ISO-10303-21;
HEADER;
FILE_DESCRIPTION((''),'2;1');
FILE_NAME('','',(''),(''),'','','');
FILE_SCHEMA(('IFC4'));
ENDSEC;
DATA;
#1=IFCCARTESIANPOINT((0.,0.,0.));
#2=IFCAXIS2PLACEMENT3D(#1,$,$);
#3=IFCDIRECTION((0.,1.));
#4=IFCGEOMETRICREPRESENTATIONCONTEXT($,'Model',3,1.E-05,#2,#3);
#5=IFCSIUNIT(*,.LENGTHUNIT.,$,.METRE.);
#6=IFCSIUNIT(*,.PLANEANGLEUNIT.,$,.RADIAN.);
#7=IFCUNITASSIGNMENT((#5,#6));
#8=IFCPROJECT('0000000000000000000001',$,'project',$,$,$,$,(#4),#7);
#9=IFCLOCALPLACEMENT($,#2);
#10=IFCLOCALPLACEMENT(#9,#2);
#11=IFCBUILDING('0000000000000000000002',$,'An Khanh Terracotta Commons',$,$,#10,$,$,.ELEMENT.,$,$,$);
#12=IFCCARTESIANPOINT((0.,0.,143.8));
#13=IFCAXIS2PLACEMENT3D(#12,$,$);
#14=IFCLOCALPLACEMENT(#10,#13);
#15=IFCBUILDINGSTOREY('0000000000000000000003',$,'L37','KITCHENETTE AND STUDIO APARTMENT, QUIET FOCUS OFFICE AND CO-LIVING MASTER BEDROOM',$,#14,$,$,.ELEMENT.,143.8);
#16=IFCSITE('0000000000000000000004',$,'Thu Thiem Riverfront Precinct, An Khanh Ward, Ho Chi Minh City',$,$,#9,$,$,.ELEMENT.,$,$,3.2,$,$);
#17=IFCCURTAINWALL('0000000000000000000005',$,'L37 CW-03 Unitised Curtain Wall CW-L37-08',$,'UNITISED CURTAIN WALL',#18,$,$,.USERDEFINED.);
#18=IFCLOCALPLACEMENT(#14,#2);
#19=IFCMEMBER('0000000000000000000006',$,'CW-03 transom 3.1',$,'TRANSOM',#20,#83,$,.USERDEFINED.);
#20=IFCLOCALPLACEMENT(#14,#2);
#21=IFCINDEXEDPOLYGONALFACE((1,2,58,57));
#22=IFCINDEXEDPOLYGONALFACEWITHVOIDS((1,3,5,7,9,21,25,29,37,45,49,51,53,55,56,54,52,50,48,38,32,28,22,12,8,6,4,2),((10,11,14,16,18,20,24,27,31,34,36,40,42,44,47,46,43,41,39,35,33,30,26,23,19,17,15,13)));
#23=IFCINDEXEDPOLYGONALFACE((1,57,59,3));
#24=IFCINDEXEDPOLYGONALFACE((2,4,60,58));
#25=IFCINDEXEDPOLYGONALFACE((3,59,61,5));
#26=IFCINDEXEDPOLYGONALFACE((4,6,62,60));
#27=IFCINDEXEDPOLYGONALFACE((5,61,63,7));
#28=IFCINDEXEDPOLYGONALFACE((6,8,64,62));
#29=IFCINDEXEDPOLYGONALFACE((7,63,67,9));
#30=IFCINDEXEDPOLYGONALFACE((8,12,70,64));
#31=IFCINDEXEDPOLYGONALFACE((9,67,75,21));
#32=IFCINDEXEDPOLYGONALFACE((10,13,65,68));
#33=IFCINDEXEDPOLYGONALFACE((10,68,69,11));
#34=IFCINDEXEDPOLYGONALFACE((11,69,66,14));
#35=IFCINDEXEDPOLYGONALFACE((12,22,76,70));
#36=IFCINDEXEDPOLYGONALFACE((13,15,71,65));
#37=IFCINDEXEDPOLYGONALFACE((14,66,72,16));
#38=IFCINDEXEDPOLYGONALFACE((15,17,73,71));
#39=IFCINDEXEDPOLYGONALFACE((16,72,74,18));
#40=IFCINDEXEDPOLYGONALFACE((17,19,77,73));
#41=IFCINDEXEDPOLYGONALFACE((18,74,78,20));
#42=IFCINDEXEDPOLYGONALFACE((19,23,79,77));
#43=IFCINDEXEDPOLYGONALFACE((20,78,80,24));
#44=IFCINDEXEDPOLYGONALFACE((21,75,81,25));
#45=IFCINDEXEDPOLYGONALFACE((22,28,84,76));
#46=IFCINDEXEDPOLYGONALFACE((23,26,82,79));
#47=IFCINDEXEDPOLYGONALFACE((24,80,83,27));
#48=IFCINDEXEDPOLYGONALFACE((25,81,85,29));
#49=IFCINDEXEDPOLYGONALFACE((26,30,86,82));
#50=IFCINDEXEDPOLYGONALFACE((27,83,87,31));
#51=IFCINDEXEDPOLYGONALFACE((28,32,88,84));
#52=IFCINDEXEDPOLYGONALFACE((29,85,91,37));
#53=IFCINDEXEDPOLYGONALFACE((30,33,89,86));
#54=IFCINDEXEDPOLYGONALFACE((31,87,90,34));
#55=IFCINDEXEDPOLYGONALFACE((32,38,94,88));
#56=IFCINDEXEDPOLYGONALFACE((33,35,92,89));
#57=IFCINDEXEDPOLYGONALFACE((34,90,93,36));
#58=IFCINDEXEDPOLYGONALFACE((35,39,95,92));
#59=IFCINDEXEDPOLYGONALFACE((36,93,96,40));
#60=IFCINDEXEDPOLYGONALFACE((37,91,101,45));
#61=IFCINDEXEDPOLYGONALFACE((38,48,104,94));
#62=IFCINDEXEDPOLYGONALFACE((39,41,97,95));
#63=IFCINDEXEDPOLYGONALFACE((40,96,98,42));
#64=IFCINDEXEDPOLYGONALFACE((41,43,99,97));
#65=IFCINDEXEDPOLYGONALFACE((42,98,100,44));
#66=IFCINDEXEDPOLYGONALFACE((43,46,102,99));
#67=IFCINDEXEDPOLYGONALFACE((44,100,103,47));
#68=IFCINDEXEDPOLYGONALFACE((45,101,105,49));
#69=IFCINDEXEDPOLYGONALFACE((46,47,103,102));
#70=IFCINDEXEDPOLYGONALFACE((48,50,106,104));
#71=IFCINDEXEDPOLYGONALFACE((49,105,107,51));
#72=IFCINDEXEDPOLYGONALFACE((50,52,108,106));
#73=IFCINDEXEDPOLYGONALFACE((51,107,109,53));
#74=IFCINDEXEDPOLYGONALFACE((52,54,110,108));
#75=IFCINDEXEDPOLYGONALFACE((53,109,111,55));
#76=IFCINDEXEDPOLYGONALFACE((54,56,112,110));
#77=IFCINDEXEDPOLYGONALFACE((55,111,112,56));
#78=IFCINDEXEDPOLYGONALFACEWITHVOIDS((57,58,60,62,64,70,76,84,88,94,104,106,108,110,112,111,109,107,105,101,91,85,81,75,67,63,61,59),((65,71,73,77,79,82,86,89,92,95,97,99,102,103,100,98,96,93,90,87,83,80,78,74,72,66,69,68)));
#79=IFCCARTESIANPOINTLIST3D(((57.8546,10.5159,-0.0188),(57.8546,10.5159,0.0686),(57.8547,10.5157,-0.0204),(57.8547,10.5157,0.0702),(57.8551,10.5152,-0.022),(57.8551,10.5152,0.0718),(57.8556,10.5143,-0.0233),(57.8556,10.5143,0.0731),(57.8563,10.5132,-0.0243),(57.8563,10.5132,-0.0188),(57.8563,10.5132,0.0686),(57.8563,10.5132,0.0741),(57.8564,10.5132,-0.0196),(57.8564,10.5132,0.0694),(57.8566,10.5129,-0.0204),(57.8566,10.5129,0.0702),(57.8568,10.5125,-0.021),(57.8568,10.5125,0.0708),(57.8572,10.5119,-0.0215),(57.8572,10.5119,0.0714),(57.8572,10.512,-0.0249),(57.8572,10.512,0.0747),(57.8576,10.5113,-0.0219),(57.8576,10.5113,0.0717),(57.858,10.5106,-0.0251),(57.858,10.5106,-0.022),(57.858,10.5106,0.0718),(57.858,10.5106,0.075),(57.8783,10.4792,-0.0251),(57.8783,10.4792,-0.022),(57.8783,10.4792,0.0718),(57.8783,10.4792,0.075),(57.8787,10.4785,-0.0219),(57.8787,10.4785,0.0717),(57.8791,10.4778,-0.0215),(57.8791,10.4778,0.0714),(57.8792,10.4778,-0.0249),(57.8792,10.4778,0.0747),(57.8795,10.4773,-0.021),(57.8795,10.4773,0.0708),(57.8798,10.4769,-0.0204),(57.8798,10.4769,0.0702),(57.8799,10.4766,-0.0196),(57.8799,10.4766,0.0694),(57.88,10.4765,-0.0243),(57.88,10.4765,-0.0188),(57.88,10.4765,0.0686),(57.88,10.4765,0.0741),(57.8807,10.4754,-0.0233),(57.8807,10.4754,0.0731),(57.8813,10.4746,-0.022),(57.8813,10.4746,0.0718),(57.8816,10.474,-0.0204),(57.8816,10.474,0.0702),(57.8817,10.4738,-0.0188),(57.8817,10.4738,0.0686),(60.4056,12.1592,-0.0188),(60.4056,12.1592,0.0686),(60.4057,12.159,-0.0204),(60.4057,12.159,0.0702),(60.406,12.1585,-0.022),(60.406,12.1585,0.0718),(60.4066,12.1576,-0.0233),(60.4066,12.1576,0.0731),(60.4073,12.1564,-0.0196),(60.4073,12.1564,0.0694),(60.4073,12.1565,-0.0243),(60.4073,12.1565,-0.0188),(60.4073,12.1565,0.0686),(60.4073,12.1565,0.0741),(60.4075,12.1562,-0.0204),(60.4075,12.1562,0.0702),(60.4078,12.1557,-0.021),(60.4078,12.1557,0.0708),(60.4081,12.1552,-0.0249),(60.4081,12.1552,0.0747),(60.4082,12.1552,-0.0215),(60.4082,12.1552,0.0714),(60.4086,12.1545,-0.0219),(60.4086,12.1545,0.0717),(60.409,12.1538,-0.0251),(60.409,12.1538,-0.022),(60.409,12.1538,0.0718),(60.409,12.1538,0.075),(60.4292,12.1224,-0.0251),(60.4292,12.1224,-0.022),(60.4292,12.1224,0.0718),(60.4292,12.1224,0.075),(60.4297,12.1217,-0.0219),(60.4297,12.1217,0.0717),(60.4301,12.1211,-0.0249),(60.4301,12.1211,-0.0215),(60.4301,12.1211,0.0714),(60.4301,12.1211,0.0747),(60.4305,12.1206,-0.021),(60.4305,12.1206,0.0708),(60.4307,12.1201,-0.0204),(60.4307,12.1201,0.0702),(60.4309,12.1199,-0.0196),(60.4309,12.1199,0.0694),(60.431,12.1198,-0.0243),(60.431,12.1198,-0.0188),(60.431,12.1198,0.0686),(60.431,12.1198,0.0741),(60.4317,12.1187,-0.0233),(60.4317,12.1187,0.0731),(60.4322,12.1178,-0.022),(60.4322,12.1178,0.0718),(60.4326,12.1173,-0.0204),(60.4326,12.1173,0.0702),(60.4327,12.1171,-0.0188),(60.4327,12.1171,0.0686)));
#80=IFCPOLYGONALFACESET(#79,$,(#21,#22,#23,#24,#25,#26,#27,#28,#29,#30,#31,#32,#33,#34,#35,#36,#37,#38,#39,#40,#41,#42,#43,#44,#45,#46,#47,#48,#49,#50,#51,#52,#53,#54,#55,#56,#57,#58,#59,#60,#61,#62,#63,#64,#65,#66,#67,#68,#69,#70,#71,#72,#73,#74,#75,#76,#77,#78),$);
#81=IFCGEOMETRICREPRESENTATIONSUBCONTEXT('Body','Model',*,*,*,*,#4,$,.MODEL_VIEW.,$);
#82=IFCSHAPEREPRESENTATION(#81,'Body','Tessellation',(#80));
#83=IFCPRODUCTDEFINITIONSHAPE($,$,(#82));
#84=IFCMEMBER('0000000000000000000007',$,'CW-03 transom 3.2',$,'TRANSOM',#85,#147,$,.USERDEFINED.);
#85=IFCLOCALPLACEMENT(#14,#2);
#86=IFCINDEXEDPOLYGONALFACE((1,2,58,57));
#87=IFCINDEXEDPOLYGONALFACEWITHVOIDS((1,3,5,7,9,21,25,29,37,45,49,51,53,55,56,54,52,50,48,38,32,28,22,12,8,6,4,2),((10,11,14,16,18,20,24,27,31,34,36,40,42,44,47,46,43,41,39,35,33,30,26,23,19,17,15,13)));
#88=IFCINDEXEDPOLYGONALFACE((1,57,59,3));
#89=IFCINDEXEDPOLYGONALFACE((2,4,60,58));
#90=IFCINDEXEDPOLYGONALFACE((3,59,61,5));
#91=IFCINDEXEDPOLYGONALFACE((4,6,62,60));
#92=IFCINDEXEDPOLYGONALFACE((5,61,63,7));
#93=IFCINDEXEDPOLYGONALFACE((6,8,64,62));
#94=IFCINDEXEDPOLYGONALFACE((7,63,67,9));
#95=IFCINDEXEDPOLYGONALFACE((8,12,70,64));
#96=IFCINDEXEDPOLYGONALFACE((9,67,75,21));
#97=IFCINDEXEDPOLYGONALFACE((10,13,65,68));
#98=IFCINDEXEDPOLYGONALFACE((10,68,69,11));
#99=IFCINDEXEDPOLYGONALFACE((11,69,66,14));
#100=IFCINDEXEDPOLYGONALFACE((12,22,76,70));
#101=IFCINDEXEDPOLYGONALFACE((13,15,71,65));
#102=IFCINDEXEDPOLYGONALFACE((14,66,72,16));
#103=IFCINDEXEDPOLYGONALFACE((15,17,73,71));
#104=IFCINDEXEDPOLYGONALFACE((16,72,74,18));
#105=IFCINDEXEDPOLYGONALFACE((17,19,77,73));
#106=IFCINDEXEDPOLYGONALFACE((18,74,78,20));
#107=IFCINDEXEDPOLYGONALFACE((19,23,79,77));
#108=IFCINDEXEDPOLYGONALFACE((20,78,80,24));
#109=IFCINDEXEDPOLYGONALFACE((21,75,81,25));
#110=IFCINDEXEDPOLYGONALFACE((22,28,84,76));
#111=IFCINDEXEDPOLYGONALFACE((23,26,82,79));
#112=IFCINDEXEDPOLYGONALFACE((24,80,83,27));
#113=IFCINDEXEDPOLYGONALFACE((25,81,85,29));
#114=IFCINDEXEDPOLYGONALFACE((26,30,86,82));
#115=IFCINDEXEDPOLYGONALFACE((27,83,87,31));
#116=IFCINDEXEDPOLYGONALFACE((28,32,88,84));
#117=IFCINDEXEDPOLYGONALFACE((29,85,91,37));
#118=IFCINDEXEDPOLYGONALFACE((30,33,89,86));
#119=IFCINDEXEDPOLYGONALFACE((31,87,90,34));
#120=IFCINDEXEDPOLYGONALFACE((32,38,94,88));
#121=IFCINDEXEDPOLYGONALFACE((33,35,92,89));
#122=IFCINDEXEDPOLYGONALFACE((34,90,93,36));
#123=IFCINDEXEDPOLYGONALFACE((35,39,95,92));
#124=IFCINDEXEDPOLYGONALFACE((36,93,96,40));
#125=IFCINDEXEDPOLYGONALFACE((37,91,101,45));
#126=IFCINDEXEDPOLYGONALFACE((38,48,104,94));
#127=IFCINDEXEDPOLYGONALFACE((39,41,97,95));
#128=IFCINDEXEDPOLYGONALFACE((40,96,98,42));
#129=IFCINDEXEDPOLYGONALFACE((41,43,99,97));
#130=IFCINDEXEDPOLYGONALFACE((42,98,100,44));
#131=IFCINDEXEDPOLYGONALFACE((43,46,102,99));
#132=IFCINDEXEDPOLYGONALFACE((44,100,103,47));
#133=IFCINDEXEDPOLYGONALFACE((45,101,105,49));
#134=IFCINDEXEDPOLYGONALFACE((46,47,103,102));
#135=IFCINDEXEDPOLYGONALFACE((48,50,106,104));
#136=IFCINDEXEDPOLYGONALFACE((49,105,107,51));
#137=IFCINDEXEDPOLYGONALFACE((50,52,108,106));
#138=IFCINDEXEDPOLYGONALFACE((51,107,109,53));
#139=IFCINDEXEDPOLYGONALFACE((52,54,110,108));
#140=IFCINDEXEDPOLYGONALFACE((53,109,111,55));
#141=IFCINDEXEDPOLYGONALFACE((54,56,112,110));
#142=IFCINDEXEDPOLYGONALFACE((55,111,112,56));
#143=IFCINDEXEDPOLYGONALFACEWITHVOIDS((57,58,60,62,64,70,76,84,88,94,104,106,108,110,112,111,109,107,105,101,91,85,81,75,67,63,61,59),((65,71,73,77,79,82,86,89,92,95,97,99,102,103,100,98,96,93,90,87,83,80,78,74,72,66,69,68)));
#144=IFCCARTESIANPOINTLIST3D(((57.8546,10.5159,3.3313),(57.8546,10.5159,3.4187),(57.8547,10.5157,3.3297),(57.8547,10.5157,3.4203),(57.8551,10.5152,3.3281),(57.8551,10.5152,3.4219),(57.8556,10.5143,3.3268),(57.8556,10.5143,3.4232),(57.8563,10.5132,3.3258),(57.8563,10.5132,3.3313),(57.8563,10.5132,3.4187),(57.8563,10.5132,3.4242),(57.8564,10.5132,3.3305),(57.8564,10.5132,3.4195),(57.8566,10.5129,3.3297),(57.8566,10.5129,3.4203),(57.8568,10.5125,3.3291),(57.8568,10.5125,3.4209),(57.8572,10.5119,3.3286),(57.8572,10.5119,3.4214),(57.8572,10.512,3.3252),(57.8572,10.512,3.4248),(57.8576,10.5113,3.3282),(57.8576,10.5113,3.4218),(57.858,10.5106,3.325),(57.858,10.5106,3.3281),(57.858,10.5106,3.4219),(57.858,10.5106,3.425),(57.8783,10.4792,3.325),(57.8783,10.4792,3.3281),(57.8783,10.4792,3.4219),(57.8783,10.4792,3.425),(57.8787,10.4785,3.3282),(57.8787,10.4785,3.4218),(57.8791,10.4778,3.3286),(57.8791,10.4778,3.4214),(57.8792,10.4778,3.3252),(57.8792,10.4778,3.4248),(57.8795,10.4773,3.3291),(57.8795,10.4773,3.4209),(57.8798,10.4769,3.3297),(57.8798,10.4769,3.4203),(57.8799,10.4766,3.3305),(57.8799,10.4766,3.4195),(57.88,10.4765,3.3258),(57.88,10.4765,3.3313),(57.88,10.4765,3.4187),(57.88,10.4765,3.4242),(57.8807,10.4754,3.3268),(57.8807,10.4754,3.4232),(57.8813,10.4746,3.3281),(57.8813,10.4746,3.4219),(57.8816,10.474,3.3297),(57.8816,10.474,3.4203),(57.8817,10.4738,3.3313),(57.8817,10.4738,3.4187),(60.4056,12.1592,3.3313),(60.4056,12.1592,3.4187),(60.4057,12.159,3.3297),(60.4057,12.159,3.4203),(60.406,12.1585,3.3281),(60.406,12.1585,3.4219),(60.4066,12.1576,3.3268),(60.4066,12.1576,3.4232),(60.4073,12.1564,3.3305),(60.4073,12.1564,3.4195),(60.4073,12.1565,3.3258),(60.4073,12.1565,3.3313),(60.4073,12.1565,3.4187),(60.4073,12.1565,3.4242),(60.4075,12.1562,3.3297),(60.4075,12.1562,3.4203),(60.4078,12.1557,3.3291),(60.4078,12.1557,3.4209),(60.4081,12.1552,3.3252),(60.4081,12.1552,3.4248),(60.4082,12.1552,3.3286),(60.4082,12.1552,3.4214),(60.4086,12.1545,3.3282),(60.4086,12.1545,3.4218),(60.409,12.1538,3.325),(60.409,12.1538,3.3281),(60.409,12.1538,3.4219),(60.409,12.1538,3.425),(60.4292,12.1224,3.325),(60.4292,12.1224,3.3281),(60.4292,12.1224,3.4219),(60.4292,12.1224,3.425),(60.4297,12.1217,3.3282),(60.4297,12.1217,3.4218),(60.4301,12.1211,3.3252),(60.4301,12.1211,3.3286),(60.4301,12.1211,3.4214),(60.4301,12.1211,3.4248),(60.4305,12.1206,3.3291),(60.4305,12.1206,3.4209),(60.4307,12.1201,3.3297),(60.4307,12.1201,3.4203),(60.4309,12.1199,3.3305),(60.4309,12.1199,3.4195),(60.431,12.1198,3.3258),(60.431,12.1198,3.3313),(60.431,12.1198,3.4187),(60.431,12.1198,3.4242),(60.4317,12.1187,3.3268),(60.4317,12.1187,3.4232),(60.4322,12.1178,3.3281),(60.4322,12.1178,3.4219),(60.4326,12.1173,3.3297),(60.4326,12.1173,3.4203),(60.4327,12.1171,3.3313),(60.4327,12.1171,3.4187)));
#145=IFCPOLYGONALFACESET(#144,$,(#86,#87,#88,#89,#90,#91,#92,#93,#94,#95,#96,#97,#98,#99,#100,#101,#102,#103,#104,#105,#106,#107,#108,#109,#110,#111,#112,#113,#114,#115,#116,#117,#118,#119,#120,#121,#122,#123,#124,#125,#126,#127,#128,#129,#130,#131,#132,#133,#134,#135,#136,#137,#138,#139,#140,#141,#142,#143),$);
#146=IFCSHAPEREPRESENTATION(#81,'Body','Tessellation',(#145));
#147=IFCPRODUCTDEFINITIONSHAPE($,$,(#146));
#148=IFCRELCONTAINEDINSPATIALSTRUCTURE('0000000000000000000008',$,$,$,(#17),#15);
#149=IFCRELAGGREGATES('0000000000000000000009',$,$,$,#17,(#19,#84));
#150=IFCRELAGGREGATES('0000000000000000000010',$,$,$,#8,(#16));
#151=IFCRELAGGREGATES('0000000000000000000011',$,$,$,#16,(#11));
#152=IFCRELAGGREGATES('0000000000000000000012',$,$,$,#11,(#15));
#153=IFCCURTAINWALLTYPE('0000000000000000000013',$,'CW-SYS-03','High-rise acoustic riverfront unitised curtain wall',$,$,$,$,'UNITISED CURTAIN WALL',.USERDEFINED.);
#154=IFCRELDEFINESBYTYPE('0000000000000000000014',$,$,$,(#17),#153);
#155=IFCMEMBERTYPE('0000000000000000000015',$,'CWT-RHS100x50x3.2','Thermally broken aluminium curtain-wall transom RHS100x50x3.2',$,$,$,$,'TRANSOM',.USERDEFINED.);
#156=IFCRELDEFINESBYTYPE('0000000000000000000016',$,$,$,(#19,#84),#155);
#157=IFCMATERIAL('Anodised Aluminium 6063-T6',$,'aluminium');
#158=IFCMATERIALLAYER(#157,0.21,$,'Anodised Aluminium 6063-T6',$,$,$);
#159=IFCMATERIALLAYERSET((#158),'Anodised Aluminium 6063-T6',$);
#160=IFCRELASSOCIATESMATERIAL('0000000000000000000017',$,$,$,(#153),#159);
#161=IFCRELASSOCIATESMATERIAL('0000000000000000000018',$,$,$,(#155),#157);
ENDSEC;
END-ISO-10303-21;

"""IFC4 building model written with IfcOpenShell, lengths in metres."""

from ifc_helpers import new_model, si_unit, direction, frame, origin, origin_2d, place, context, subcontext, project, spatial, hollow_rectangle, extrude, material, layer, layer_set, material_profile, profile_set, type_object, element, aggregate, save


model = new_model("IFC4")

# Units and contexts
model_context = context("Model", 3, precision=1e-05, world=origin(), true_north=direction((0.0, 1.0)))
body_context = subcontext(model_context, "Body", "Model", "MODEL_VIEW")
ifc_project = project(units=[si_unit("LENGTHUNIT", "METRE"), si_unit("PLANEANGLEUNIT", "RADIAN")], contexts=[model_context])

# Site, building, storey
site_placement = place(None, origin())
site = spatial("IfcSite", under=ifc_project, at=site_placement, Name="Thu Thiem Riverfront Precinct, An Khanh Ward, Ho Chi Minh City", CompositionType="ELEMENT", RefElevation=3.2)
building_placement = place(site_placement, origin())
building = spatial("IfcBuilding", under=site, at=building_placement, Name="An Khanh Terracotta Commons", CompositionType="ELEMENT")
storey_placement = place(building_placement, frame((0.0, 0.0, 143.8)))
storey = spatial("IfcBuildingStorey", under=building, at=storey_placement, Name="L37", Description="KITCHENETTE AND STUDIO APARTMENT, QUIET FOCUS OFFICE AND CO-LIVING MASTER BEDROOM", CompositionType="ELEMENT", Elevation=143.8)

# Curtain wall
ifc_material_1 = material(Name="Anodised Aluminium 6063-T6", Category="aluminium")
ifc_layer_1 = layer(ifc_material_1, 0.21, Name="Anodised Aluminium 6063-T6")
ifc_layer_set_1 = layer_set([ifc_layer_1], Name="Anodised Aluminium 6063-T6")
curtain_wall_type = type_object("IfcCurtainWallType", Name="CW-SYS-03", Description="High-rise acoustic riverfront unitised curtain wall", ElementType="UNITISED CURTAIN WALL", PredefinedType="USERDEFINED", material=ifc_layer_set_1)
curtain_wall_1_placement = place(storey_placement, origin())
curtain_wall_1 = element("IfcCurtainWall", 1, at=curtain_wall_1_placement, inside=storey, type_object=curtain_wall_type, Name="L37 CW-03 Unitised Curtain Wall CW-L37-08", ObjectType="UNITISED CURTAIN WALL", PredefinedType="USERDEFINED")

# Members
ifc_material_profile_1 = material_profile(ifc_material_1, hollow_rectangle(XDim=0.05, YDim=0.1001, WallThickness=0.0032, InnerFilletRadius=0.0032, OuterFilletRadius=0.0063, at=origin_2d()), Name="RHS100x50x3.2")
ifc_profile_set_1 = profile_set([ifc_material_profile_1], Name="Anodised Aluminium 6063-T6")
member_type_1 = type_object("IfcMemberType", Name="CWT-RHS100x50x3.2", Description="Thermally broken aluminium curtain-wall transom RHS100x50x3.2", ElementType="TRANSOM", PredefinedType="USERDEFINED", material=ifc_profile_set_1)
member_1_placement = place(storey_placement, frame((57.8682, 10.4949, 0.0249), z_axis=(0.840674, 0.541542, 0.0), x_axis=(-0.541542, 0.840674, 0.0)))
member_1 = element("IfcMember", 2, at=member_1_placement, type_object=member_type_1, Name="CW-03 transom 3.1", ObjectType="TRANSOM", PredefinedType="USERDEFINED", context=body_context, shape_type="SweptSolid", body=[
    extrude(hollow_rectangle(XDim=0.05, YDim=0.1001, WallThickness=0.0032, InnerFilletRadius=0.0032, OuterFilletRadius=0.0063, at=origin_2d()), origin(), (0.0, 0.0, 1.0), 3.0344),
])
member_2_placement = place(storey_placement, frame((57.8682, 10.4949, 3.375), z_axis=(0.840674, 0.541542, 0.0), x_axis=(-0.541542, 0.840674, 0.0)))
member_2 = element("IfcMember", 3, at=member_2_placement, type_object=member_type_1, Name="CW-03 transom 3.2", ObjectType="TRANSOM", PredefinedType="USERDEFINED", context=body_context, shape_type="SweptSolid", body=[
    extrude(hollow_rectangle(XDim=0.05, YDim=0.1001, WallThickness=0.0032, InnerFilletRadius=0.0032, OuterFilletRadius=0.0063, at=origin_2d()), origin(), (0.0, 0.0, 1.0), 3.0344),
])

aggregate(curtain_wall_1, [member_1, member_2])

save(model, "model.ifc")
